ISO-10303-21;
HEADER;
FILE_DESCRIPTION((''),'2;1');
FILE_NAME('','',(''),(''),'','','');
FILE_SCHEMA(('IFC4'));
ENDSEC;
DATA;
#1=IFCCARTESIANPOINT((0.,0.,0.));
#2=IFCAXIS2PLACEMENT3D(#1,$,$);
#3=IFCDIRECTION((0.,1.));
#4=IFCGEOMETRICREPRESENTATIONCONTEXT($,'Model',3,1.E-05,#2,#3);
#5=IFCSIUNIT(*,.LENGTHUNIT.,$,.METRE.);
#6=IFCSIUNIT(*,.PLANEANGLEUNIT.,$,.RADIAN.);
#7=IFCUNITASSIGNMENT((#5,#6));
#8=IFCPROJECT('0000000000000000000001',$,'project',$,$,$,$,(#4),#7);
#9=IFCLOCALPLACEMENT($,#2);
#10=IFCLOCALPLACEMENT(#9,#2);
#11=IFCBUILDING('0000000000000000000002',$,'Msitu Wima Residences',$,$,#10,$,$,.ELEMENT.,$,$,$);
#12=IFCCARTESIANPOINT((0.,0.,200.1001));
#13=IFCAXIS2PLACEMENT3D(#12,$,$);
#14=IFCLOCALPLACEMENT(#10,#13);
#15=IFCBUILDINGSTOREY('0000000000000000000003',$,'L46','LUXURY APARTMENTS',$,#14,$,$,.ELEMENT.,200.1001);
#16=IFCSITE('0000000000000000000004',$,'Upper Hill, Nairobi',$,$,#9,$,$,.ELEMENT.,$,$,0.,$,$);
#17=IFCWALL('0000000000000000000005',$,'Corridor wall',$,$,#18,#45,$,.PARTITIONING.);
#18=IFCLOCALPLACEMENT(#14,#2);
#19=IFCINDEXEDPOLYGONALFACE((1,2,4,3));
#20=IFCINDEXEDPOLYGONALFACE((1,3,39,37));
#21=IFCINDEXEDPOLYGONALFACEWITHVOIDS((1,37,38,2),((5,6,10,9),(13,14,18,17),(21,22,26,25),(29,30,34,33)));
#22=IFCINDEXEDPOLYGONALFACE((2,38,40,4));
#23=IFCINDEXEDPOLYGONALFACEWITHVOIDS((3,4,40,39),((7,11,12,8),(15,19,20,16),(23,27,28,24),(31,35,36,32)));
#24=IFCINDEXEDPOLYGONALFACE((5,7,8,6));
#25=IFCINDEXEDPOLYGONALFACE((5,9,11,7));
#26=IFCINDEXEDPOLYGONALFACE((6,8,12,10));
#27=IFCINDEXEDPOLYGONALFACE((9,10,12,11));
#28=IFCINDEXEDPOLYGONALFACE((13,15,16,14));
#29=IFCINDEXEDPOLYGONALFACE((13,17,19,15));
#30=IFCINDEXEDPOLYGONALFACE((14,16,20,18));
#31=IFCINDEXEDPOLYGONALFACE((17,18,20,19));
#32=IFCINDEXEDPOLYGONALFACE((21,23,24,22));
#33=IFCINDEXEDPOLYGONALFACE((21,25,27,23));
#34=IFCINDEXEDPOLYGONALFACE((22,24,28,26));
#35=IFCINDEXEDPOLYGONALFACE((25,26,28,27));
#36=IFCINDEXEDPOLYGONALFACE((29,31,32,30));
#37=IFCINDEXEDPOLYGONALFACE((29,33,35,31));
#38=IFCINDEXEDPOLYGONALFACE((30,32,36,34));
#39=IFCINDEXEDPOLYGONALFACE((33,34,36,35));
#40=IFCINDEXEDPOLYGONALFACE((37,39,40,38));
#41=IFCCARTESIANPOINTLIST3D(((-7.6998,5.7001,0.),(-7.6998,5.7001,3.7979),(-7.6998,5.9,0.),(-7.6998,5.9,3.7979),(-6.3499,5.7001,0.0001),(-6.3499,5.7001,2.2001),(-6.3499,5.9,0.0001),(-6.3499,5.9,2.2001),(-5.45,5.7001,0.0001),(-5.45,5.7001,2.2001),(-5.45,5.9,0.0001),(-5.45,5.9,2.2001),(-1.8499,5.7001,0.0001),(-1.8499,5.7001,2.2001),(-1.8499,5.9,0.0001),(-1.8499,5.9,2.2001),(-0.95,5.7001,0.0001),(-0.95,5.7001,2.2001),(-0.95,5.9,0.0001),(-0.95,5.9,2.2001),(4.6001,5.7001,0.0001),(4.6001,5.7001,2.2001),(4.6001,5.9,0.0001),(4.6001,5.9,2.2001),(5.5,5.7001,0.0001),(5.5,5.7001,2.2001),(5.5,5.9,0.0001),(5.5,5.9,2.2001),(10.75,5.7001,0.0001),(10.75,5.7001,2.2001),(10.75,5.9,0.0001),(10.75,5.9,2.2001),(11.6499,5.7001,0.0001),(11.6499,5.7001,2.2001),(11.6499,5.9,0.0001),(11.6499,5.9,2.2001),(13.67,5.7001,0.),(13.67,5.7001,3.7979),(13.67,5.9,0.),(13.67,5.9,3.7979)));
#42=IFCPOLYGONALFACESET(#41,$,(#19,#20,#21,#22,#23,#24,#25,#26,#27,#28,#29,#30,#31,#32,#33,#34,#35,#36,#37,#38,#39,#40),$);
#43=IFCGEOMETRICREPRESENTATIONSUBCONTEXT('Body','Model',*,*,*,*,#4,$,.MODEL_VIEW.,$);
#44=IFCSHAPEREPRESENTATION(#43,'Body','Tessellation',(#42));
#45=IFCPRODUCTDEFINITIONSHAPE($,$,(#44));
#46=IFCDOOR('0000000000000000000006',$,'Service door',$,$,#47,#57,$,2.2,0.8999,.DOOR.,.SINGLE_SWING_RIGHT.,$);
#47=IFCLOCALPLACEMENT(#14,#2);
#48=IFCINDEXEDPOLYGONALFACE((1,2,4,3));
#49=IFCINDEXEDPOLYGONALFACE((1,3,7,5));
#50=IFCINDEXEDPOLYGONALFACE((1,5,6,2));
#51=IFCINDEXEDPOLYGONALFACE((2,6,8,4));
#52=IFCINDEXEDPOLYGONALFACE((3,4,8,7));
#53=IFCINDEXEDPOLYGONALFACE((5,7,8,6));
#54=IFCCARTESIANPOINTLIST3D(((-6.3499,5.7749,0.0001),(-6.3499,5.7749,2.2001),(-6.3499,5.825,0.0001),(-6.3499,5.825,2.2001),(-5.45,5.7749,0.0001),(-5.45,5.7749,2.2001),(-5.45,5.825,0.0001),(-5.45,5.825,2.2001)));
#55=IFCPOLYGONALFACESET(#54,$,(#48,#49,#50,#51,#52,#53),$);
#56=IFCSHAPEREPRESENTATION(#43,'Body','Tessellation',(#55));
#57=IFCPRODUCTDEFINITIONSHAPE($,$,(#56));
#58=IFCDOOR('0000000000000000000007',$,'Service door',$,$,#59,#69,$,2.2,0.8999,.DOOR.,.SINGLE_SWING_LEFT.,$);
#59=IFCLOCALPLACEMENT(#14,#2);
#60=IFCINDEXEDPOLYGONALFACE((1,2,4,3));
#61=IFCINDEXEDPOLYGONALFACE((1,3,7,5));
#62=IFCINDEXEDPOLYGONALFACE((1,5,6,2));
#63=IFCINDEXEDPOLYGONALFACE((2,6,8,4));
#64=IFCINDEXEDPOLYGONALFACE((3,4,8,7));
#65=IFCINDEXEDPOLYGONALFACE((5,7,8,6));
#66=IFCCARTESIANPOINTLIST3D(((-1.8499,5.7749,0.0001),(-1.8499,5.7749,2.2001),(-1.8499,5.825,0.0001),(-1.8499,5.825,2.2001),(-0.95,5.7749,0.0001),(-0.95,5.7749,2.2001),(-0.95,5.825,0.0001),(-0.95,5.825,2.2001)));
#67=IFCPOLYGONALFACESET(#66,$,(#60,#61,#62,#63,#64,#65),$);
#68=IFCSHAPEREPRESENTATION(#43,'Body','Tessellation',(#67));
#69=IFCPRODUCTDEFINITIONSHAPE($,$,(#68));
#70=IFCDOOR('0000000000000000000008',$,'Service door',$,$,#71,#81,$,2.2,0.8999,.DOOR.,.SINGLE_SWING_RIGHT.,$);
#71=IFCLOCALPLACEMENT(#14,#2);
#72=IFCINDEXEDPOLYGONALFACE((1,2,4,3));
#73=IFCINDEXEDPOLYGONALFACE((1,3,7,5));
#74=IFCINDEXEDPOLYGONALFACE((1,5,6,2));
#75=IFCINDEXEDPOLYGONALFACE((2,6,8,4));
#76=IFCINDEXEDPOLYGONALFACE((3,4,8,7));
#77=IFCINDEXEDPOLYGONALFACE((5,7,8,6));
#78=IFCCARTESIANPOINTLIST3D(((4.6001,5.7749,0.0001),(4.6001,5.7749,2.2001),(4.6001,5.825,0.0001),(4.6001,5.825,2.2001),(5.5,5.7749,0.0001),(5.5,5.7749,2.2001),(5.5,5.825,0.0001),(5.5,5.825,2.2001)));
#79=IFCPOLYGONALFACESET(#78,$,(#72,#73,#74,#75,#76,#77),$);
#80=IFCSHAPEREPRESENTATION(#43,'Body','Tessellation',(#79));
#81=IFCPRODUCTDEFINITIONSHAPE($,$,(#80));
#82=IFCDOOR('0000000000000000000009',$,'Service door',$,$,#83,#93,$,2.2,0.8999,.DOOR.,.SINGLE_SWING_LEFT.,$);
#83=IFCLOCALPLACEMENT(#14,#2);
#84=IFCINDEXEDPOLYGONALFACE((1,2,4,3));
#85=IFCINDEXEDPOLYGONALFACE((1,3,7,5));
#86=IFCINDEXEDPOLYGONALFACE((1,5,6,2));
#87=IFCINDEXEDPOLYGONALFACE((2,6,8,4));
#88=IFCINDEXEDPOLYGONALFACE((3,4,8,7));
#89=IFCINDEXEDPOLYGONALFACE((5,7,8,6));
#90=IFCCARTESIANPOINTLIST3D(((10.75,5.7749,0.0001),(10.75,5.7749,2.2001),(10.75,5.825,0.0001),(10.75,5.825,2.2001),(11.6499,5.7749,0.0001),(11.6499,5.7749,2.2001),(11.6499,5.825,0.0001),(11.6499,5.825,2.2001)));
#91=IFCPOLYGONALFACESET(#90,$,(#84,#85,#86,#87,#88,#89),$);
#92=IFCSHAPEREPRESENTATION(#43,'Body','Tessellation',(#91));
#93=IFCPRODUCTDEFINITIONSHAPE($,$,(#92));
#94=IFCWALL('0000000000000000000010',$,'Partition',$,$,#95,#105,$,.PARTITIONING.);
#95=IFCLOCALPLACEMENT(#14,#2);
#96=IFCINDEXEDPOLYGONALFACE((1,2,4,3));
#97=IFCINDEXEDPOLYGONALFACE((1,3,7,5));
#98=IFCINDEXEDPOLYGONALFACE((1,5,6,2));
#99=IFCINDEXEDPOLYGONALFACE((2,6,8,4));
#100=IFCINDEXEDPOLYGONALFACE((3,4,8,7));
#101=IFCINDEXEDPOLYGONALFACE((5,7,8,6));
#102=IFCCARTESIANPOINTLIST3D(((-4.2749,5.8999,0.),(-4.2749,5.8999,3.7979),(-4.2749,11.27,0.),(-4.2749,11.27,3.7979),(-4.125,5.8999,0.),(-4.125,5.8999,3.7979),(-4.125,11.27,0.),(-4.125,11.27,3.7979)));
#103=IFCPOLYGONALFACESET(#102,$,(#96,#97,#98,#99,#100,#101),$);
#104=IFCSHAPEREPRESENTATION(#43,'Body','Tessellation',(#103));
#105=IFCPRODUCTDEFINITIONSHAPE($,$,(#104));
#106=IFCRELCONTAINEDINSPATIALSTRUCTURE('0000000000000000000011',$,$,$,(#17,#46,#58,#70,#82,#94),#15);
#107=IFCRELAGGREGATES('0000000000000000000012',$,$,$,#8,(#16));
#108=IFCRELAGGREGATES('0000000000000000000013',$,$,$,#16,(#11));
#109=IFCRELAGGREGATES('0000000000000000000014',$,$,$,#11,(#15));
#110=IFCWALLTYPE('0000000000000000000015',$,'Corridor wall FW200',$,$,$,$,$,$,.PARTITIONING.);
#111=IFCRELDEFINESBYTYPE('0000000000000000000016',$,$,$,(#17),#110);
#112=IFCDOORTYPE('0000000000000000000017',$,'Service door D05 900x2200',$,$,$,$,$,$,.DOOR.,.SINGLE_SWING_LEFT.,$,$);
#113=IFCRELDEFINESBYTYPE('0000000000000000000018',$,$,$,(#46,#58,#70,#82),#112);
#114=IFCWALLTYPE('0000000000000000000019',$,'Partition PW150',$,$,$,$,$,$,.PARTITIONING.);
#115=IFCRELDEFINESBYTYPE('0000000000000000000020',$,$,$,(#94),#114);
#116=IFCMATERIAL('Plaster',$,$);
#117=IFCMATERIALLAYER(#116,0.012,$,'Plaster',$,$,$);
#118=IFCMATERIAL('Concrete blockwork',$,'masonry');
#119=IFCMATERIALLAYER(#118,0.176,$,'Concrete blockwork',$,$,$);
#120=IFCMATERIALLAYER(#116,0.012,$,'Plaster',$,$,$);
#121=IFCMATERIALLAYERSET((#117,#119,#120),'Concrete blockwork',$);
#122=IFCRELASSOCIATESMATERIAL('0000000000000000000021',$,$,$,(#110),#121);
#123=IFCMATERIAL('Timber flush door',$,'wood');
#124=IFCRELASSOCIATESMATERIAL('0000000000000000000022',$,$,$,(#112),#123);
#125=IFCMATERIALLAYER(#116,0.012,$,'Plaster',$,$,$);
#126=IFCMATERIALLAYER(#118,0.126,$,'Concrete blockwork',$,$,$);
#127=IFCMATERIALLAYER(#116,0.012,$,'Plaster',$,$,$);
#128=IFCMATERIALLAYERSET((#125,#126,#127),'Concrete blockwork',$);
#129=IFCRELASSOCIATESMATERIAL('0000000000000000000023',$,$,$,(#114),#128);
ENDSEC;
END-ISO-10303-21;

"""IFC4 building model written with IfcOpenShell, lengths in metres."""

from ifc_helpers import new_model, si_unit, direction, frame, frame_2d, origin, place, context, subcontext, project, spatial, rectangle, extrude, material, layer, layer_set, type_object, element, fill, save


model = new_model("IFC4")

# Units and contexts
model_context = context("Model", 3, precision=1e-05, world=origin(), true_north=direction((0.0, 1.0)))
body_context = subcontext(model_context, "Body", "Model", "MODEL_VIEW")
ifc_project = project(units=[si_unit("LENGTHUNIT", "METRE"), si_unit("PLANEANGLEUNIT", "RADIAN")], contexts=[model_context])

# Site, building, storey
site_placement = place(None, origin())
site = spatial("IfcSite", under=ifc_project, at=site_placement, Name="Upper Hill, Nairobi", CompositionType="ELEMENT", RefElevation=0.0)
building_placement = place(site_placement, origin())
building = spatial("IfcBuilding", under=site, at=building_placement, Name="Msitu Wima Residences", CompositionType="ELEMENT")
storey_placement = place(building_placement, frame((0.0, 0.0, 200.1001)))
storey = spatial("IfcBuildingStorey", under=building, at=storey_placement, Name="L46", Description="LUXURY APARTMENTS", CompositionType="ELEMENT", Elevation=200.1001)

# Shared definitions
ifc_material_1 = material(Name="Plaster")
ifc_layer_1 = layer(ifc_material_1, 0.012, Name="Plaster")
ifc_material_2 = material(Name="Concrete blockwork", Category="masonry")
ifc_layer_2 = layer(ifc_material_2, 0.176, Name="Concrete blockwork")
ifc_layer_3 = layer(ifc_material_1, 0.012, Name="Plaster")
ifc_layer_set_1 = layer_set([ifc_layer_1, ifc_layer_2, ifc_layer_3], Name="Concrete blockwork")
wall_type_1 = type_object("IfcWallType", Name="Corridor wall FW200", PredefinedType="PARTITIONING", material=ifc_layer_set_1)

# Wall, openings, doors
wall_1_placement = place(storey_placement, frame((-7.7, 5.8, 0.0), z_axis=(0.0, 0.0, 1.0), x_axis=(1.0, 0.0, 0.0)))
wall_1 = element("IfcWall", 1, at=wall_1_placement, inside=storey, type_object=wall_type_1, Name="Corridor wall", PredefinedType="PARTITIONING", context=body_context, shape_type="SweptSolid", body=[
    extrude(rectangle(XDim=21.3699, YDim=0.2, at=frame_2d((10.6851, 0.0))), origin(), (0.0, 0.0, 1.0), 3.7979),
])
opening_1_placement = place(wall_1_placement, frame((1.3501, 0.0, 0.0)))
opening_1 = element("IfcOpeningElement", 2, at=opening_1_placement, cuts=wall_1, PredefinedType="OPENING", context=body_context, shape_type="SweptSolid", body=[
    extrude(rectangle(XDim=0.8999, YDim=2.2, at=frame_2d((0.45, 1.1001))), frame((0.0, 0.1099, 0.0), z_axis=(0.0, -1.0, 0.0), x_axis=(1.0, 0.0, 0.0)), (0.0, 0.0, 1.0), 0.22),
])
opening_2_placement = place(wall_1_placement, frame((5.8501, 0.0, 0.0)))
opening_2 = element("IfcOpeningElement", 3, at=opening_2_placement, cuts=wall_1, PredefinedType="OPENING", context=body_context, shape_type="SweptSolid", body=[
    extrude(rectangle(XDim=0.8999, YDim=2.2, at=frame_2d((0.45, 1.1001))), frame((0.0, 0.1099, 0.0), z_axis=(0.0, -1.0, 0.0), x_axis=(1.0, 0.0, 0.0)), (0.0, 0.0, 1.0), 0.22),
])
opening_3_placement = place(wall_1_placement, frame((12.3, 0.0, 0.0)))
opening_3 = element("IfcOpeningElement", 4, at=opening_3_placement, cuts=wall_1, PredefinedType="OPENING", context=body_context, shape_type="SweptSolid", body=[
    extrude(rectangle(XDim=0.8999, YDim=2.2, at=frame_2d((0.45, 1.1001))), frame((0.0, 0.1099, 0.0), z_axis=(0.0, -1.0, 0.0), x_axis=(1.0, 0.0, 0.0)), (0.0, 0.0, 1.0), 0.22),
])
opening_4_placement = place(wall_1_placement, frame((18.45, 0.0, 0.0)))
opening_4 = element("IfcOpeningElement", 5, at=opening_4_placement, cuts=wall_1, PredefinedType="OPENING", context=body_context, shape_type="SweptSolid", body=[
    extrude(rectangle(XDim=0.8999, YDim=2.2, at=frame_2d((0.45, 1.1001))), frame((0.0, 0.1099, 0.0), z_axis=(0.0, -1.0, 0.0), x_axis=(1.0, 0.0, 0.0)), (0.0, 0.0, 1.0), 0.22),
])
ifc_material_3 = material(Name="Timber flush door", Category="wood")
door_type_1 = type_object("IfcDoorType", Name="Service door D05 900x2200", OperationType="SINGLE_SWING_LEFT", PredefinedType="DOOR", material=ifc_material_3)
door_1_placement = place(opening_1_placement, origin())
door_1 = element("IfcDoor", 6, at=door_1_placement, inside=storey, type_object=door_type_1, Name="Service door", OperationType="SINGLE_SWING_RIGHT", OverallHeight=2.2, OverallWidth=0.8999, PredefinedType="DOOR", context=body_context, shape_type="SweptSolid", body=[
    extrude(rectangle(XDim=0.8999, YDim=2.2, at=frame_2d((0.45, 1.1001))), frame((0.0, 0.0249, 0.0), z_axis=(0.0, -1.0, 0.0), x_axis=(1.0, 0.0, 0.0)), (0.0, 0.0, 1.0), 0.05),
])
fill(opening_1, door_1)
door_2_placement = place(opening_2_placement, origin())
door_2 = element("IfcDoor", 7, at=door_2_placement, inside=storey, type_object=door_type_1, Name="Service door", OperationType="SINGLE_SWING_LEFT", OverallHeight=2.2, OverallWidth=0.8999, PredefinedType="DOOR", context=body_context, shape_type="SweptSolid", body=[
    extrude(rectangle(XDim=0.8999, YDim=2.2, at=frame_2d((0.45, 1.1001))), frame((0.0, 0.0249, 0.0), z_axis=(0.0, -1.0, 0.0), x_axis=(1.0, 0.0, 0.0)), (0.0, 0.0, 1.0), 0.05),
])
fill(opening_2, door_2)
door_3_placement = place(opening_3_placement, origin())
door_3 = element("IfcDoor", 8, at=door_3_placement, inside=storey, type_object=door_type_1, Name="Service door", OperationType="SINGLE_SWING_RIGHT", OverallHeight=2.2, OverallWidth=0.8999, PredefinedType="DOOR", context=body_context, shape_type="SweptSolid", body=[
    extrude(rectangle(XDim=0.8999, YDim=2.2, at=frame_2d((0.45, 1.1001))), frame((0.0, 0.0249, 0.0), z_axis=(0.0, -1.0, 0.0), x_axis=(1.0, 0.0, 0.0)), (0.0, 0.0, 1.0), 0.05),
])
fill(opening_3, door_3)
door_4_placement = place(opening_4_placement, origin())
door_4 = element("IfcDoor", 9, at=door_4_placement, inside=storey, type_object=door_type_1, Name="Service door", OperationType="SINGLE_SWING_LEFT", OverallHeight=2.2, OverallWidth=0.8999, PredefinedType="DOOR", context=body_context, shape_type="SweptSolid", body=[
    extrude(rectangle(XDim=0.8999, YDim=2.2, at=frame_2d((0.45, 1.1001))), frame((0.0, 0.0249, 0.0), z_axis=(0.0, -1.0, 0.0), x_axis=(1.0, 0.0, 0.0)), (0.0, 0.0, 1.0), 0.05),
])
fill(opening_4, door_4)

# Wall
ifc_layer_4 = layer(ifc_material_1, 0.012, Name="Plaster")
ifc_layer_5 = layer(ifc_material_2, 0.126, Name="Concrete blockwork")
ifc_layer_6 = layer(ifc_material_1, 0.012, Name="Plaster")
ifc_layer_set_2 = layer_set([ifc_layer_4, ifc_layer_5, ifc_layer_6], Name="Concrete blockwork")
wall_type_2 = type_object("IfcWallType", Name="Partition PW150", PredefinedType="PARTITIONING", material=ifc_layer_set_2)
wall_2_placement = place(storey_placement, frame((-4.2, 5.8999, 0.0), z_axis=(0.0, 0.0, 1.0), x_axis=(0.0, 1.0, 0.0)))
element("IfcWall", 10, at=wall_2_placement, inside=storey, type_object=wall_type_2, Name="Partition", PredefinedType="PARTITIONING", context=body_context, shape_type="SweptSolid", body=[
    extrude(rectangle(XDim=5.3701, YDim=0.1499, at=frame_2d((2.6851, 0.0))), origin(), (0.0, 0.0, 1.0), 3.7979),
])

save(model, "model.ifc")
